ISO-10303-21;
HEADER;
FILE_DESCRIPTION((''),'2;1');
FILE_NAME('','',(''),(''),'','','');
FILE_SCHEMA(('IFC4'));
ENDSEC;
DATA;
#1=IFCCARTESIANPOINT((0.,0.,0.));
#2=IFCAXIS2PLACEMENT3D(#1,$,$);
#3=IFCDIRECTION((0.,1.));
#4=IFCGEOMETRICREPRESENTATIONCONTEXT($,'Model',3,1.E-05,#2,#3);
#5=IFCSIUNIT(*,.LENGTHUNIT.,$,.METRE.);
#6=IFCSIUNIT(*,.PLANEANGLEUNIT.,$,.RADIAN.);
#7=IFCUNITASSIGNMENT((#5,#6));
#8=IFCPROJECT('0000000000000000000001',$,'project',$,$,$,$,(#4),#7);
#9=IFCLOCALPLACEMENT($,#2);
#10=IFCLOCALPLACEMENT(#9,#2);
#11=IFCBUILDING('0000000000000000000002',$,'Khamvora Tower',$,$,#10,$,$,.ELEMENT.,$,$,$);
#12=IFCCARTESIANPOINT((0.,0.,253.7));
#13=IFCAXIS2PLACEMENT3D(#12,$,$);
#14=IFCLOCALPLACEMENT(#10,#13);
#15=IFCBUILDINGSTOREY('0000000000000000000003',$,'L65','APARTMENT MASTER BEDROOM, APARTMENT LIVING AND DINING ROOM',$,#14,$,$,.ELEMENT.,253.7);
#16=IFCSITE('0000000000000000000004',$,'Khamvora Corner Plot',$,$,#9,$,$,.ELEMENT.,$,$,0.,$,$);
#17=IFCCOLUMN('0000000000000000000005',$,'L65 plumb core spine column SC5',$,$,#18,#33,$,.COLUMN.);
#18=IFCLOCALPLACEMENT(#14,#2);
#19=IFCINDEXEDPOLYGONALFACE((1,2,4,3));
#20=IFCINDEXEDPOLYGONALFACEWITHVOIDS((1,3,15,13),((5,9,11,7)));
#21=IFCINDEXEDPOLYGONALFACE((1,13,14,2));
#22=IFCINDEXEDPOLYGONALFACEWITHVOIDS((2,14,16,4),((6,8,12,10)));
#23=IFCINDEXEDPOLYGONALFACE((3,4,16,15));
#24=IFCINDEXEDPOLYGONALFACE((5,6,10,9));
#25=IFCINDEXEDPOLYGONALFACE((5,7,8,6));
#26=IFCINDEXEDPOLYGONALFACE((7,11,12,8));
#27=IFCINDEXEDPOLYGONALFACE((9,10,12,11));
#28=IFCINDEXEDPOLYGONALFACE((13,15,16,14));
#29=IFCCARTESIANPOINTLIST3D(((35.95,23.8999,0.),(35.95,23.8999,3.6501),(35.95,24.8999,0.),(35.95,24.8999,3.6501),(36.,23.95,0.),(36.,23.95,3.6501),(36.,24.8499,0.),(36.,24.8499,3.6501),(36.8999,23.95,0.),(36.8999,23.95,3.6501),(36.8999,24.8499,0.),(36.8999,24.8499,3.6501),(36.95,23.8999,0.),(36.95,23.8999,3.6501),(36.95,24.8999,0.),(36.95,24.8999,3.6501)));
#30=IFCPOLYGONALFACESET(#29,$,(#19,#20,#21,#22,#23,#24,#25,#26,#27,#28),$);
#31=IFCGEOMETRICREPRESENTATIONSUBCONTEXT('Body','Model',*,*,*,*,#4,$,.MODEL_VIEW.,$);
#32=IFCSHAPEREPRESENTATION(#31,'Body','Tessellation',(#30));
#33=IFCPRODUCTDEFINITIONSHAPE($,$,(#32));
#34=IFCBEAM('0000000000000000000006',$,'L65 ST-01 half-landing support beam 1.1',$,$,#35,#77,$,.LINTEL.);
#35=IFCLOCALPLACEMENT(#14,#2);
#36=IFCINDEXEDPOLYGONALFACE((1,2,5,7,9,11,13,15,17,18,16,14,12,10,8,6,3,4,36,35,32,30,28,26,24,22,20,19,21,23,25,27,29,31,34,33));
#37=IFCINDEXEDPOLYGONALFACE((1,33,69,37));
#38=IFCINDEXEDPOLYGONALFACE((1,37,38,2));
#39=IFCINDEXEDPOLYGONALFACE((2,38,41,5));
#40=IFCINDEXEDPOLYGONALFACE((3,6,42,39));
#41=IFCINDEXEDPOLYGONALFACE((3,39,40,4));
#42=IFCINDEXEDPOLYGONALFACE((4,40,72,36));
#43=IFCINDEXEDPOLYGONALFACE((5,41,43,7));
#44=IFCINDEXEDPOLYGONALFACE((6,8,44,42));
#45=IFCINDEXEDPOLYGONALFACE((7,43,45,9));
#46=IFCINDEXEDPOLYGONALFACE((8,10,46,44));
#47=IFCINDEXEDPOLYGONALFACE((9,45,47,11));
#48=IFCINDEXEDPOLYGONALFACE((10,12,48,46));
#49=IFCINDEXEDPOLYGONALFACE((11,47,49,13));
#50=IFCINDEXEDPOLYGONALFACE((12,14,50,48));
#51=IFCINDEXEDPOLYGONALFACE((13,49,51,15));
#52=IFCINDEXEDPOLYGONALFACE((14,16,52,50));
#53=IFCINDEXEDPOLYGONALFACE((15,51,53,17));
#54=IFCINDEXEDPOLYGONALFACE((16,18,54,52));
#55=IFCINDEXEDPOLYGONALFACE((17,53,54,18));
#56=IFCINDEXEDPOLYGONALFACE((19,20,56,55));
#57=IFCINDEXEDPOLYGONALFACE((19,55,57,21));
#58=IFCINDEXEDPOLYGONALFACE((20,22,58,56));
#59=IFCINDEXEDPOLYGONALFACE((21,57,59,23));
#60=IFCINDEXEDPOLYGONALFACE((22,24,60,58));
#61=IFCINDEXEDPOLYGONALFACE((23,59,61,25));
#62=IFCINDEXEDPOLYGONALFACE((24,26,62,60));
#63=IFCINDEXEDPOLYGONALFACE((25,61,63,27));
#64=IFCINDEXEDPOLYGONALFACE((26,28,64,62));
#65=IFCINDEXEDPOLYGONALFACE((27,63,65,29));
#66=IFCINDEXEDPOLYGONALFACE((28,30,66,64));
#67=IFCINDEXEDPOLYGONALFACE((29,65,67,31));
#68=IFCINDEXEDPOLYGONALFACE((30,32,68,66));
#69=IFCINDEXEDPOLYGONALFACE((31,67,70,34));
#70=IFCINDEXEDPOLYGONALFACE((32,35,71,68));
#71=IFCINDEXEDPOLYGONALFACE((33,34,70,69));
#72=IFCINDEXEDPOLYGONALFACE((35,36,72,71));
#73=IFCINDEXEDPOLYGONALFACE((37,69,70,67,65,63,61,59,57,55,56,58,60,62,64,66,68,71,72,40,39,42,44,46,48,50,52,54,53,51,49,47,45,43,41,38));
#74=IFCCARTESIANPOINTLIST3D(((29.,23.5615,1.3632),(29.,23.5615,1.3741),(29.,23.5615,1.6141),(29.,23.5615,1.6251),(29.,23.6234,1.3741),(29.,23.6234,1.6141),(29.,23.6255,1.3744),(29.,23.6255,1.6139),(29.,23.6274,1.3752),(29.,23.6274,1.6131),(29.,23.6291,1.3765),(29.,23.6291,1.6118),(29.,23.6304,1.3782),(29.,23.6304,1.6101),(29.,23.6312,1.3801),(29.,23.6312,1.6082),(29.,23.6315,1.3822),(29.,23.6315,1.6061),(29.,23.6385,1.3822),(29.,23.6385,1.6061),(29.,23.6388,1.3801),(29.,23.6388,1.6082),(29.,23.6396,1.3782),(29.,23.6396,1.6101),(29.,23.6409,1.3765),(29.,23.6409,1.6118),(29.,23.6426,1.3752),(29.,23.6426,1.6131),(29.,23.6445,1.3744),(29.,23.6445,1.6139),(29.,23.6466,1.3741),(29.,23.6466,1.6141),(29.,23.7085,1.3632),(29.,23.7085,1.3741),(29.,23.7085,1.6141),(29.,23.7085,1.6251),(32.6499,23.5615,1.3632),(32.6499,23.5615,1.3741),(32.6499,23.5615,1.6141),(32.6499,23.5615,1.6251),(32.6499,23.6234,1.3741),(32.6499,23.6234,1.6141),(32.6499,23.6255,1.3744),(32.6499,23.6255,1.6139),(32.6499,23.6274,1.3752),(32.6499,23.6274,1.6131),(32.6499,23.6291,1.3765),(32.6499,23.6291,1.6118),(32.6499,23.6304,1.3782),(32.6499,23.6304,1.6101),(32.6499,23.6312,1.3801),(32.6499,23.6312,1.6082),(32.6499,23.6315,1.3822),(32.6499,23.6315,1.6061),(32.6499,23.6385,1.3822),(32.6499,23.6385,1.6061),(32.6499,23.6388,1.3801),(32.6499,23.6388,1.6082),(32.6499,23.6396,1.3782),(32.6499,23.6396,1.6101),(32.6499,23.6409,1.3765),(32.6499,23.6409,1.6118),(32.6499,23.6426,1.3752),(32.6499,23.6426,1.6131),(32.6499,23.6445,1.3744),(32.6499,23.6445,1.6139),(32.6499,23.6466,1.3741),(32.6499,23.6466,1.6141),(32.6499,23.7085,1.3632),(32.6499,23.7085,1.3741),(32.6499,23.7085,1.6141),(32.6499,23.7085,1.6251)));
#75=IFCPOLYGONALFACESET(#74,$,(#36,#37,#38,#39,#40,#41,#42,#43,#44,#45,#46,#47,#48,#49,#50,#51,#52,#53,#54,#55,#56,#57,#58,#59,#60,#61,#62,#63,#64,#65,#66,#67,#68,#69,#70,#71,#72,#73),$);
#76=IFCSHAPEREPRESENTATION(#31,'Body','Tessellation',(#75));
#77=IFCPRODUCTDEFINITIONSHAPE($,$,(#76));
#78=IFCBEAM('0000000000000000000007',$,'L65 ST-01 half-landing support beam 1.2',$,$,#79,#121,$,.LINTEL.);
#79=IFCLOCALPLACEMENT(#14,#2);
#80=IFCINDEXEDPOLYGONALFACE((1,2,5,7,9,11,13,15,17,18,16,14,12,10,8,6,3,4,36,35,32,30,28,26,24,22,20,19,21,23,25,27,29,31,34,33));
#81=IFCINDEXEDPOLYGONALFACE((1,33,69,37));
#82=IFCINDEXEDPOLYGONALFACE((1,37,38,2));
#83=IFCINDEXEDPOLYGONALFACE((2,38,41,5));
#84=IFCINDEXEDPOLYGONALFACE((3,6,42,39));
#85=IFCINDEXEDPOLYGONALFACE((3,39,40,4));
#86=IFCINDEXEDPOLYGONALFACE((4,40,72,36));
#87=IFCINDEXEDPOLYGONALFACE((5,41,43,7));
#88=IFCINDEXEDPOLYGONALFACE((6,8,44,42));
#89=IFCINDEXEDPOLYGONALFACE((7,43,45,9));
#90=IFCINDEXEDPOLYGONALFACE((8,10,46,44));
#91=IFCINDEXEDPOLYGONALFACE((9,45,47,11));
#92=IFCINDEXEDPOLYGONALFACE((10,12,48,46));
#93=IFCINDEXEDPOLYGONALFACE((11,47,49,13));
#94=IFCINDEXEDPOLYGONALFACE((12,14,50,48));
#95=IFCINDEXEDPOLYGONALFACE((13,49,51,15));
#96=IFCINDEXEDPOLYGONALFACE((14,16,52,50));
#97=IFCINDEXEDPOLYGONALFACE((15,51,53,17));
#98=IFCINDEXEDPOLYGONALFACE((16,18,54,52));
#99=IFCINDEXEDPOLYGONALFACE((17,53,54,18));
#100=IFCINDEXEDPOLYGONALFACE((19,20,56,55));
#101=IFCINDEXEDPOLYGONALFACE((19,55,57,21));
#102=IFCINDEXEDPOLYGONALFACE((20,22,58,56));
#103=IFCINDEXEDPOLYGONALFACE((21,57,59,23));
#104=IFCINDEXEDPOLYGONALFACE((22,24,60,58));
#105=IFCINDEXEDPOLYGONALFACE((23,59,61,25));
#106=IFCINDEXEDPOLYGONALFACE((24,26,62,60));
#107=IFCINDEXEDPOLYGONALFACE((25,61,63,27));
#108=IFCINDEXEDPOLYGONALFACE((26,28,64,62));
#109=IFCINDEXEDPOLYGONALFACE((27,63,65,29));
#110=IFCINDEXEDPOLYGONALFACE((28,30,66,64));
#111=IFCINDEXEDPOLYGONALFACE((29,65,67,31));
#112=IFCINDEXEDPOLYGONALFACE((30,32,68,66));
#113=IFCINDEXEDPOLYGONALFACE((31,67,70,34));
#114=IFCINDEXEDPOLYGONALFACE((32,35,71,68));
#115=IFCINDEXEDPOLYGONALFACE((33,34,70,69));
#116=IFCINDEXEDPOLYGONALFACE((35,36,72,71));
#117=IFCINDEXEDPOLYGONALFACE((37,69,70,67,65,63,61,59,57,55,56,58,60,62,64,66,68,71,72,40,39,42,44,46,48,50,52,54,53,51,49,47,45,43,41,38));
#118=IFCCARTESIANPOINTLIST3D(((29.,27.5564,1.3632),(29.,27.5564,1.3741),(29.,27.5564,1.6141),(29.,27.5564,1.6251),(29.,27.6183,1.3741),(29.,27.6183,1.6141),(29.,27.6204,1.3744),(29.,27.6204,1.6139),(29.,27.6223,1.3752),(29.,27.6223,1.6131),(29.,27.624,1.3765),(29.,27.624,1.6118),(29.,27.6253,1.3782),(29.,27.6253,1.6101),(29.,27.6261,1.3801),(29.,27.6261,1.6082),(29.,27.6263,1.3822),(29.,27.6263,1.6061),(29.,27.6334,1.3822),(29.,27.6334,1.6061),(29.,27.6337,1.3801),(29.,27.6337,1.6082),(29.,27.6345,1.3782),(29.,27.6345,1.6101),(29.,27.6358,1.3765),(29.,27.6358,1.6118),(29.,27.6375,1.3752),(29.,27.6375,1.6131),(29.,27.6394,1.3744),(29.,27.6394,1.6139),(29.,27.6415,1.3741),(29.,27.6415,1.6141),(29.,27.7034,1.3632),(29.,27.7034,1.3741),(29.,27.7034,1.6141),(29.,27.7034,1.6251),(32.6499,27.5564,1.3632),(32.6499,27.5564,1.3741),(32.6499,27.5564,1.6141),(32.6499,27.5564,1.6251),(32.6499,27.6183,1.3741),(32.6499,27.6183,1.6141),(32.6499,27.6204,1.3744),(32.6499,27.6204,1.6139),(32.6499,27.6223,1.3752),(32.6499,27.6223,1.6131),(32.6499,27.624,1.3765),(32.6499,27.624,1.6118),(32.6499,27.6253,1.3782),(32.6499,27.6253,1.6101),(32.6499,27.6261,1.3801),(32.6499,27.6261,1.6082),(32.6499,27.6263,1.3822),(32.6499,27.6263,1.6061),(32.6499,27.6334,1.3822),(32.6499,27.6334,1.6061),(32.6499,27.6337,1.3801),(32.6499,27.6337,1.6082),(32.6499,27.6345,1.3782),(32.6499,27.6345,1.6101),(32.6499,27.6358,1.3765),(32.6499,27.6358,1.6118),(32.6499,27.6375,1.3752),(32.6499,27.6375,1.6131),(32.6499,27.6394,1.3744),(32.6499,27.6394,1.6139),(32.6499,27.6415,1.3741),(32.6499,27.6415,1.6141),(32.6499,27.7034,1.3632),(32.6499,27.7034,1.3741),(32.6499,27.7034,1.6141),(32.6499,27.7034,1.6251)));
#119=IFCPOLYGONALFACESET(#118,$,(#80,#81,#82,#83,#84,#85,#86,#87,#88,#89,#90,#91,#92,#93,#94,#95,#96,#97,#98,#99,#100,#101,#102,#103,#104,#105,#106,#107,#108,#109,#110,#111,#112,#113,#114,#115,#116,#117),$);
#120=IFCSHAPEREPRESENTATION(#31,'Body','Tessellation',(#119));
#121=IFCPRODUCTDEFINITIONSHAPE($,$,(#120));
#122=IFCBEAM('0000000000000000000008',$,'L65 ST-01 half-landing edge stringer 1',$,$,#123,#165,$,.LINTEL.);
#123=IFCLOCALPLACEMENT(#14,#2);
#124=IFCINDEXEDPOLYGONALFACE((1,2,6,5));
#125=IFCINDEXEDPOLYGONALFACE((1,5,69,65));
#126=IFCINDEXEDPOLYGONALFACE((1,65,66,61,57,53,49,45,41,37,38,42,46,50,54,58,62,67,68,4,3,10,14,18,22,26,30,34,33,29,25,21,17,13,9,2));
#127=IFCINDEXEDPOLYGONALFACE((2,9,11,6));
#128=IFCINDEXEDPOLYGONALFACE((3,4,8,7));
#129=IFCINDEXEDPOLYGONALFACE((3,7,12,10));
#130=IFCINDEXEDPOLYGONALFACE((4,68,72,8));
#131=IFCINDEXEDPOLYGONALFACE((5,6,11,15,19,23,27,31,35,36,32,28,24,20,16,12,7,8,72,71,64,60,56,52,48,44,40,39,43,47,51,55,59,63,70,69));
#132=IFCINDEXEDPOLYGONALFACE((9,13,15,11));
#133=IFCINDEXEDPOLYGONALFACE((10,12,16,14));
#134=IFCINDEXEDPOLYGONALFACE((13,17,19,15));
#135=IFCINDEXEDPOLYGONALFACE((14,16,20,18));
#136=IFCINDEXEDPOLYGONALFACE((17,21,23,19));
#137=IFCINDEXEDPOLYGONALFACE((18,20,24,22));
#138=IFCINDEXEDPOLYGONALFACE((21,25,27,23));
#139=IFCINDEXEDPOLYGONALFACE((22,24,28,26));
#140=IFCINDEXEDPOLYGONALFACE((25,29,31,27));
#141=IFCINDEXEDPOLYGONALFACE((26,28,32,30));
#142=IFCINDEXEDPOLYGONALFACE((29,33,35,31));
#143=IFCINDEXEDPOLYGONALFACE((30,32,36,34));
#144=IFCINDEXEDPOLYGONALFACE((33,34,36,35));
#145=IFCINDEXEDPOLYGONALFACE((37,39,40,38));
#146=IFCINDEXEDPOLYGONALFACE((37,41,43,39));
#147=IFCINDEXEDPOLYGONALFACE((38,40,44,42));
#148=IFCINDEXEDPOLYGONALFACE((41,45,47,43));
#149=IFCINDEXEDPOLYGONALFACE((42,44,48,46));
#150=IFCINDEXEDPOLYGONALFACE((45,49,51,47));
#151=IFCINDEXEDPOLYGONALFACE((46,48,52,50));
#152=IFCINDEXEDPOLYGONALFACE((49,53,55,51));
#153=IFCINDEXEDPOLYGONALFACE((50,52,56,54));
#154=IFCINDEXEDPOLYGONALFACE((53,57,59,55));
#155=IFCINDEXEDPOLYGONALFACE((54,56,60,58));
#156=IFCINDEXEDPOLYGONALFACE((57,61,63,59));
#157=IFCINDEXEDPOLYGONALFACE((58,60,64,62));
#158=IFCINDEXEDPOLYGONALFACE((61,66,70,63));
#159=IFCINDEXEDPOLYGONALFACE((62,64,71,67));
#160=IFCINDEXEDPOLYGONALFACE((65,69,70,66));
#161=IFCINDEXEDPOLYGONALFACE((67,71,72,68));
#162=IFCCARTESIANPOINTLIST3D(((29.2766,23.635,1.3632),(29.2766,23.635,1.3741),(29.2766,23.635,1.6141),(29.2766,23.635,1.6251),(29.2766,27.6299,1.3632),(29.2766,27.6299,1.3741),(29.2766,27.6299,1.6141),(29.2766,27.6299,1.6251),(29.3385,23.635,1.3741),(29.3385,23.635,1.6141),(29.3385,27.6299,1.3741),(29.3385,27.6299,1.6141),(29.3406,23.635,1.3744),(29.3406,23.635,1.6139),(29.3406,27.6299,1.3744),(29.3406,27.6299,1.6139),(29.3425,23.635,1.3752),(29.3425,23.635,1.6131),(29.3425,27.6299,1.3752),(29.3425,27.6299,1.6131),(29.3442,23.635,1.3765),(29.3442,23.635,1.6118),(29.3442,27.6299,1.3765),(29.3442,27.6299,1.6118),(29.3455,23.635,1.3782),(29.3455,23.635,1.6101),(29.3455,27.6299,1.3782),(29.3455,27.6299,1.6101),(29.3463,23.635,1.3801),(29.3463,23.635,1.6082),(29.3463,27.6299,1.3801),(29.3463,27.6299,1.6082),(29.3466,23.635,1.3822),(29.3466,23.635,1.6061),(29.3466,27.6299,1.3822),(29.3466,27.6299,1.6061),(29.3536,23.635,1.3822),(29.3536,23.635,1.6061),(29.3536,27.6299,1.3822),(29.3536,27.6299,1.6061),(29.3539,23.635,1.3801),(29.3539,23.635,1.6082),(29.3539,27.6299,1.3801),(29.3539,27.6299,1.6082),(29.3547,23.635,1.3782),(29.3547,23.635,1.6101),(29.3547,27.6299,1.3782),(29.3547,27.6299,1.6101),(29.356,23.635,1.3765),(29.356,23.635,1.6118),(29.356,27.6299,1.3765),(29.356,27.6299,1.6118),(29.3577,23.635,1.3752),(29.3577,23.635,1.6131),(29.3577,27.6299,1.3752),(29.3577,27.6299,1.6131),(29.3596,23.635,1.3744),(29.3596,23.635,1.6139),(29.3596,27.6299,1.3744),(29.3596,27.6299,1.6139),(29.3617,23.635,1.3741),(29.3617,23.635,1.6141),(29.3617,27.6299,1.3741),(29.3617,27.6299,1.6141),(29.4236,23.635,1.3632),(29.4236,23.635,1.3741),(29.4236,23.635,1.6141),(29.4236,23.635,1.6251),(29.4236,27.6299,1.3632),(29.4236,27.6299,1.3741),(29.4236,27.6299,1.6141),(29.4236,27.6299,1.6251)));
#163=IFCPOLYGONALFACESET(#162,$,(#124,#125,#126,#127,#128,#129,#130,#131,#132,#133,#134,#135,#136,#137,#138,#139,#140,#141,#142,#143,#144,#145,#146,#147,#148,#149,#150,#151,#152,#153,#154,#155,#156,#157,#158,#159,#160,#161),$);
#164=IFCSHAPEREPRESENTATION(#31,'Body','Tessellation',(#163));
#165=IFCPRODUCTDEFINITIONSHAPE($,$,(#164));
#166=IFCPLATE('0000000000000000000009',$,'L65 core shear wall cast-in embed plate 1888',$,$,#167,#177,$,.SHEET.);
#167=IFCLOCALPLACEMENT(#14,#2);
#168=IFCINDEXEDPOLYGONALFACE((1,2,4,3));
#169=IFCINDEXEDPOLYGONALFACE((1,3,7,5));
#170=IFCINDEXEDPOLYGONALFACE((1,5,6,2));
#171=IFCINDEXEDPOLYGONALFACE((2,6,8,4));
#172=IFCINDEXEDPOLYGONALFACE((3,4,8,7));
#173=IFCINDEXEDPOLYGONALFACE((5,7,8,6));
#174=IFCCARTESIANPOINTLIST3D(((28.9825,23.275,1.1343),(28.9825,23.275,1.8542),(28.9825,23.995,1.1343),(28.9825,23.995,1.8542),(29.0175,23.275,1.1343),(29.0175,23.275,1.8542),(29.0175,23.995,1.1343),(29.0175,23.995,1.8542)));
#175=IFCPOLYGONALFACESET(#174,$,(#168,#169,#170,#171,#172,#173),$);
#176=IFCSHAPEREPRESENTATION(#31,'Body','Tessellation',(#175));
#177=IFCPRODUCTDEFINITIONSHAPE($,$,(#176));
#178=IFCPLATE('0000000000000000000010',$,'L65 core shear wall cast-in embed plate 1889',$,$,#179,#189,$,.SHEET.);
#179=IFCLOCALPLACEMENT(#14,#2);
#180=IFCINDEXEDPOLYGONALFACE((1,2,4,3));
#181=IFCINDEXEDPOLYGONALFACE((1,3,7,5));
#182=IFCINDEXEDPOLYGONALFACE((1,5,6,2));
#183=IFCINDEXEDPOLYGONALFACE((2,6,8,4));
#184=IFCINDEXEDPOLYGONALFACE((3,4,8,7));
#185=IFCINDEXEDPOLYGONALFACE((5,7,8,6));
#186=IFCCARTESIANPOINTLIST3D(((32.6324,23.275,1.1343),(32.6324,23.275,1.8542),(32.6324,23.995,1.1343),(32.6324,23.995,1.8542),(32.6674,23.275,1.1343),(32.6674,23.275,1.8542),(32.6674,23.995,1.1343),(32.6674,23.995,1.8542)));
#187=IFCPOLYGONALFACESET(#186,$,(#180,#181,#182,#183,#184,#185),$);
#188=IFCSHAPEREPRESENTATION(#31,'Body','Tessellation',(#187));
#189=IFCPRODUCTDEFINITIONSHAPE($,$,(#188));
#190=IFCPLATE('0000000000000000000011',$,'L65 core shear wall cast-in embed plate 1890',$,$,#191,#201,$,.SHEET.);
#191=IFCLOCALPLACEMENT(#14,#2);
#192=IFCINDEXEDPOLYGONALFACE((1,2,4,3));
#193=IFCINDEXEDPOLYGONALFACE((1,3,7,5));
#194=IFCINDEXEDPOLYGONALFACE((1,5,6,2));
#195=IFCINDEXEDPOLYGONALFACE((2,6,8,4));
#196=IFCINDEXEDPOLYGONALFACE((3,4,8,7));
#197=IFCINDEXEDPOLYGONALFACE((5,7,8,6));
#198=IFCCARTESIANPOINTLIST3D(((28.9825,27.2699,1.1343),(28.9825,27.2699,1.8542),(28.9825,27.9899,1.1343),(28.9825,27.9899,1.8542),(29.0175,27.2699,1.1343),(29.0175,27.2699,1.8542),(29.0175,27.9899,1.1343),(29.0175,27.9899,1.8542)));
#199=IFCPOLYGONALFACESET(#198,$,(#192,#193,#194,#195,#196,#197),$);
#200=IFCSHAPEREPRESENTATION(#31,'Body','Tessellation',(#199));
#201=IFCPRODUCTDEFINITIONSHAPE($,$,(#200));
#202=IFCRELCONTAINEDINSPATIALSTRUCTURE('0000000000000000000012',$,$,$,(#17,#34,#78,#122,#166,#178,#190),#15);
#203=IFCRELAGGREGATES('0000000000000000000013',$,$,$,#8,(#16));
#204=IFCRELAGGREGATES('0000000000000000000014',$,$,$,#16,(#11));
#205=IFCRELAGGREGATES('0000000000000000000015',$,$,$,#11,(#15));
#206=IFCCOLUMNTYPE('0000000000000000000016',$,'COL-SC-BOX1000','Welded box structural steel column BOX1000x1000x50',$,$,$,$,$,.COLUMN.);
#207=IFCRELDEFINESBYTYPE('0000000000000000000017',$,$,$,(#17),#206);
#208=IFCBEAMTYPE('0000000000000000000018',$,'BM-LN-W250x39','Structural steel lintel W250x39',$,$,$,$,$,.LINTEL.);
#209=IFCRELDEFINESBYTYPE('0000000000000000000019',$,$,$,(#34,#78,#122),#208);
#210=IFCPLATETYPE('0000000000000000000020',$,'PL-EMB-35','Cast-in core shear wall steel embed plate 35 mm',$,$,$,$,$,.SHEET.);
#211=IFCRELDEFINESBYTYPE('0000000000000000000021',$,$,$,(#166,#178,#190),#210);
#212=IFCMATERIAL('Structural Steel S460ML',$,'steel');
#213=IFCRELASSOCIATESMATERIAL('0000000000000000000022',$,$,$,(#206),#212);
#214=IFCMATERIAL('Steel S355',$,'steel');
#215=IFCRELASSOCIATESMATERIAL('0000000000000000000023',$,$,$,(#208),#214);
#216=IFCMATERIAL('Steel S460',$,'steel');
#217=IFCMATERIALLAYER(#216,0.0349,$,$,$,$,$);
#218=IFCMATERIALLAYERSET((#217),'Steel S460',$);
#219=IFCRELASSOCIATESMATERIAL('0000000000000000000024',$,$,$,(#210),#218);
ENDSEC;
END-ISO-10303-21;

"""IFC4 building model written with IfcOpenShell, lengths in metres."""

from ifc_helpers import new_model, si_unit, direction, frame, origin, origin_2d, place, context, subcontext, project, spatial, rectangle, hollow_rectangle, i_section, extrude, material, layer, layer_set, material_profile, profile_set, type_object, element, save


model = new_model("IFC4")

# Units and contexts
model_context = context("Model", 3, precision=1e-05, world=origin(), true_north=direction((0.0, 1.0)))
body_context = subcontext(model_context, "Body", "Model", "MODEL_VIEW")
ifc_project = project(units=[si_unit("LENGTHUNIT", "METRE"), si_unit("PLANEANGLEUNIT", "RADIAN")], contexts=[model_context])

# Site, building, storey
site_placement = place(None, origin())
site = spatial("IfcSite", under=ifc_project, at=site_placement, Name="Khamvora Corner Plot", CompositionType="ELEMENT", RefElevation=0.0)
building_placement = place(site_placement, origin())
building = spatial("IfcBuilding", under=site, at=building_placement, Name="Khamvora Tower", CompositionType="ELEMENT")
storey_placement = place(building_placement, frame((0.0, 0.0, 253.7)))
storey = spatial("IfcBuildingStorey", under=building, at=storey_placement, Name="L65", Description="APARTMENT MASTER BEDROOM, APARTMENT LIVING AND DINING ROOM", CompositionType="ELEMENT", Elevation=253.7)

# Column
ifc_material_1 = material(Name="Structural Steel S460ML", Category="steel")
ifc_material_profile_1 = material_profile(ifc_material_1, hollow_rectangle(XDim=1.0, YDim=1.0, WallThickness=0.05, at=origin_2d()), Name="BOX1000x1000x50")
ifc_profile_set_1 = profile_set([ifc_material_profile_1], Name="Structural Steel S460ML")
column_type = type_object("IfcColumnType", Name="COL-SC-BOX1000", Description="Welded box structural steel column BOX1000x1000x50", PredefinedType="COLUMN", material=ifc_profile_set_1)
column_placement = place(storey_placement, frame((36.45, 24.3999, 0.0), z_axis=(0.0, 0.0, 1.0), x_axis=(1.0, 0.0, 0.0)))
element("IfcColumn", 1, at=column_placement, inside=storey, type_object=column_type, Name="L65 plumb core spine column SC5", PredefinedType="COLUMN", context=body_context, shape_type="SweptSolid", body=[
    extrude(hollow_rectangle(XDim=1.0, YDim=1.0, WallThickness=0.05, at=origin_2d()), origin(), (0.0, 0.0, 1.0), 3.6501),
])

# Beams
ifc_material_2 = material(Name="Steel S355", Category="steel")
ifc_material_profile_2 = material_profile(ifc_material_2, i_section(OverallWidth=0.147, OverallDepth=0.262, WebThickness=0.0071, FlangeThickness=0.011, FilletRadius=0.0081, at=origin_2d()), Name="W250x39")
ifc_profile_set_2 = profile_set([ifc_material_profile_2], Name="Steel S355")
beam_type = type_object("IfcBeamType", Name="BM-LN-W250x39", Description="Structural steel lintel W250x39", PredefinedType="LINTEL", material=ifc_profile_set_2)
for number, where, z_axis, x_axis, name in (
    (2, (29.0, 23.635, 1.4941), (1.0, 0.0, 0.0), (0.0, 1.0, 0.0), "L65 ST-01 half-landing support beam 1.1"),
    (3, (29.0, 27.6299, 1.4941), (1.0, 0.0, 0.0), (0.0, 1.0, 0.0), "L65 ST-01 half-landing support beam 1.2"),
):
    element("IfcBeam", number, at=place(storey_placement, frame(where, z_axis=z_axis, x_axis=x_axis)), inside=storey, type_object=beam_type, Name=name, PredefinedType="LINTEL", context=body_context, shape_type="SweptSolid", body=[
        extrude(i_section(OverallWidth=0.147, OverallDepth=0.262, WebThickness=0.0071, FlangeThickness=0.011, FilletRadius=0.0081, at=origin_2d()), origin(), (0.0, 0.0, 1.0), 3.6499),
    ])
beam_placement = place(storey_placement, frame((29.3501, 23.635, 1.4941), z_axis=(0.0, 1.0, 0.0), x_axis=(-1.0, 0.0, 0.0)))
element("IfcBeam", 4, at=beam_placement, inside=storey, type_object=beam_type, Name="L65 ST-01 half-landing edge stringer 1", PredefinedType="LINTEL", context=body_context, shape_type="SweptSolid", body=[
    extrude(i_section(OverallWidth=0.147, OverallDepth=0.262, WebThickness=0.0071, FlangeThickness=0.011, FilletRadius=0.0081, at=origin_2d()), origin(), (0.0, 0.0, 1.0), 3.9949),
])

# Plates
ifc_material_3 = material(Name="Steel S460", Category="steel")
ifc_layer_1 = layer(ifc_material_3, 0.0349)
ifc_layer_set_1 = layer_set([ifc_layer_1], Name="Steel S460")
plate_type = type_object("IfcPlateType", Name="PL-EMB-35", Description="Cast-in core shear wall steel embed plate 35 mm", PredefinedType="SHEET", material=ifc_layer_set_1)
for number, where, z_axis, x_axis, name in (
    (5, (29.0, 23.635, 1.1343), (0.0, 0.0, 1.0), (1.0, 0.0, 0.0), "L65 core shear wall cast-in embed plate 1888"),
    (6, (32.6499, 23.635, 1.1343), (0.0, 0.0, 1.0), (1.0, 0.0, 0.0), "L65 core shear wall cast-in embed plate 1889"),
    (7, (29.0, 27.6299, 1.1343), (0.0, 0.0, 1.0), (1.0, 0.0, 0.0), "L65 core shear wall cast-in embed plate 1890"),
):
    element("IfcPlate", number, at=place(storey_placement, frame(where, z_axis=z_axis, x_axis=x_axis)), inside=storey, type_object=plate_type, Name=name, PredefinedType="SHEET", context=body_context, shape_type="SweptSolid", body=[
        extrude(rectangle(XDim=0.0349, YDim=0.72, at=origin_2d()), origin(), (0.0, 0.0, 1.0), 0.72),
    ])

save(model, "model.ifc")
